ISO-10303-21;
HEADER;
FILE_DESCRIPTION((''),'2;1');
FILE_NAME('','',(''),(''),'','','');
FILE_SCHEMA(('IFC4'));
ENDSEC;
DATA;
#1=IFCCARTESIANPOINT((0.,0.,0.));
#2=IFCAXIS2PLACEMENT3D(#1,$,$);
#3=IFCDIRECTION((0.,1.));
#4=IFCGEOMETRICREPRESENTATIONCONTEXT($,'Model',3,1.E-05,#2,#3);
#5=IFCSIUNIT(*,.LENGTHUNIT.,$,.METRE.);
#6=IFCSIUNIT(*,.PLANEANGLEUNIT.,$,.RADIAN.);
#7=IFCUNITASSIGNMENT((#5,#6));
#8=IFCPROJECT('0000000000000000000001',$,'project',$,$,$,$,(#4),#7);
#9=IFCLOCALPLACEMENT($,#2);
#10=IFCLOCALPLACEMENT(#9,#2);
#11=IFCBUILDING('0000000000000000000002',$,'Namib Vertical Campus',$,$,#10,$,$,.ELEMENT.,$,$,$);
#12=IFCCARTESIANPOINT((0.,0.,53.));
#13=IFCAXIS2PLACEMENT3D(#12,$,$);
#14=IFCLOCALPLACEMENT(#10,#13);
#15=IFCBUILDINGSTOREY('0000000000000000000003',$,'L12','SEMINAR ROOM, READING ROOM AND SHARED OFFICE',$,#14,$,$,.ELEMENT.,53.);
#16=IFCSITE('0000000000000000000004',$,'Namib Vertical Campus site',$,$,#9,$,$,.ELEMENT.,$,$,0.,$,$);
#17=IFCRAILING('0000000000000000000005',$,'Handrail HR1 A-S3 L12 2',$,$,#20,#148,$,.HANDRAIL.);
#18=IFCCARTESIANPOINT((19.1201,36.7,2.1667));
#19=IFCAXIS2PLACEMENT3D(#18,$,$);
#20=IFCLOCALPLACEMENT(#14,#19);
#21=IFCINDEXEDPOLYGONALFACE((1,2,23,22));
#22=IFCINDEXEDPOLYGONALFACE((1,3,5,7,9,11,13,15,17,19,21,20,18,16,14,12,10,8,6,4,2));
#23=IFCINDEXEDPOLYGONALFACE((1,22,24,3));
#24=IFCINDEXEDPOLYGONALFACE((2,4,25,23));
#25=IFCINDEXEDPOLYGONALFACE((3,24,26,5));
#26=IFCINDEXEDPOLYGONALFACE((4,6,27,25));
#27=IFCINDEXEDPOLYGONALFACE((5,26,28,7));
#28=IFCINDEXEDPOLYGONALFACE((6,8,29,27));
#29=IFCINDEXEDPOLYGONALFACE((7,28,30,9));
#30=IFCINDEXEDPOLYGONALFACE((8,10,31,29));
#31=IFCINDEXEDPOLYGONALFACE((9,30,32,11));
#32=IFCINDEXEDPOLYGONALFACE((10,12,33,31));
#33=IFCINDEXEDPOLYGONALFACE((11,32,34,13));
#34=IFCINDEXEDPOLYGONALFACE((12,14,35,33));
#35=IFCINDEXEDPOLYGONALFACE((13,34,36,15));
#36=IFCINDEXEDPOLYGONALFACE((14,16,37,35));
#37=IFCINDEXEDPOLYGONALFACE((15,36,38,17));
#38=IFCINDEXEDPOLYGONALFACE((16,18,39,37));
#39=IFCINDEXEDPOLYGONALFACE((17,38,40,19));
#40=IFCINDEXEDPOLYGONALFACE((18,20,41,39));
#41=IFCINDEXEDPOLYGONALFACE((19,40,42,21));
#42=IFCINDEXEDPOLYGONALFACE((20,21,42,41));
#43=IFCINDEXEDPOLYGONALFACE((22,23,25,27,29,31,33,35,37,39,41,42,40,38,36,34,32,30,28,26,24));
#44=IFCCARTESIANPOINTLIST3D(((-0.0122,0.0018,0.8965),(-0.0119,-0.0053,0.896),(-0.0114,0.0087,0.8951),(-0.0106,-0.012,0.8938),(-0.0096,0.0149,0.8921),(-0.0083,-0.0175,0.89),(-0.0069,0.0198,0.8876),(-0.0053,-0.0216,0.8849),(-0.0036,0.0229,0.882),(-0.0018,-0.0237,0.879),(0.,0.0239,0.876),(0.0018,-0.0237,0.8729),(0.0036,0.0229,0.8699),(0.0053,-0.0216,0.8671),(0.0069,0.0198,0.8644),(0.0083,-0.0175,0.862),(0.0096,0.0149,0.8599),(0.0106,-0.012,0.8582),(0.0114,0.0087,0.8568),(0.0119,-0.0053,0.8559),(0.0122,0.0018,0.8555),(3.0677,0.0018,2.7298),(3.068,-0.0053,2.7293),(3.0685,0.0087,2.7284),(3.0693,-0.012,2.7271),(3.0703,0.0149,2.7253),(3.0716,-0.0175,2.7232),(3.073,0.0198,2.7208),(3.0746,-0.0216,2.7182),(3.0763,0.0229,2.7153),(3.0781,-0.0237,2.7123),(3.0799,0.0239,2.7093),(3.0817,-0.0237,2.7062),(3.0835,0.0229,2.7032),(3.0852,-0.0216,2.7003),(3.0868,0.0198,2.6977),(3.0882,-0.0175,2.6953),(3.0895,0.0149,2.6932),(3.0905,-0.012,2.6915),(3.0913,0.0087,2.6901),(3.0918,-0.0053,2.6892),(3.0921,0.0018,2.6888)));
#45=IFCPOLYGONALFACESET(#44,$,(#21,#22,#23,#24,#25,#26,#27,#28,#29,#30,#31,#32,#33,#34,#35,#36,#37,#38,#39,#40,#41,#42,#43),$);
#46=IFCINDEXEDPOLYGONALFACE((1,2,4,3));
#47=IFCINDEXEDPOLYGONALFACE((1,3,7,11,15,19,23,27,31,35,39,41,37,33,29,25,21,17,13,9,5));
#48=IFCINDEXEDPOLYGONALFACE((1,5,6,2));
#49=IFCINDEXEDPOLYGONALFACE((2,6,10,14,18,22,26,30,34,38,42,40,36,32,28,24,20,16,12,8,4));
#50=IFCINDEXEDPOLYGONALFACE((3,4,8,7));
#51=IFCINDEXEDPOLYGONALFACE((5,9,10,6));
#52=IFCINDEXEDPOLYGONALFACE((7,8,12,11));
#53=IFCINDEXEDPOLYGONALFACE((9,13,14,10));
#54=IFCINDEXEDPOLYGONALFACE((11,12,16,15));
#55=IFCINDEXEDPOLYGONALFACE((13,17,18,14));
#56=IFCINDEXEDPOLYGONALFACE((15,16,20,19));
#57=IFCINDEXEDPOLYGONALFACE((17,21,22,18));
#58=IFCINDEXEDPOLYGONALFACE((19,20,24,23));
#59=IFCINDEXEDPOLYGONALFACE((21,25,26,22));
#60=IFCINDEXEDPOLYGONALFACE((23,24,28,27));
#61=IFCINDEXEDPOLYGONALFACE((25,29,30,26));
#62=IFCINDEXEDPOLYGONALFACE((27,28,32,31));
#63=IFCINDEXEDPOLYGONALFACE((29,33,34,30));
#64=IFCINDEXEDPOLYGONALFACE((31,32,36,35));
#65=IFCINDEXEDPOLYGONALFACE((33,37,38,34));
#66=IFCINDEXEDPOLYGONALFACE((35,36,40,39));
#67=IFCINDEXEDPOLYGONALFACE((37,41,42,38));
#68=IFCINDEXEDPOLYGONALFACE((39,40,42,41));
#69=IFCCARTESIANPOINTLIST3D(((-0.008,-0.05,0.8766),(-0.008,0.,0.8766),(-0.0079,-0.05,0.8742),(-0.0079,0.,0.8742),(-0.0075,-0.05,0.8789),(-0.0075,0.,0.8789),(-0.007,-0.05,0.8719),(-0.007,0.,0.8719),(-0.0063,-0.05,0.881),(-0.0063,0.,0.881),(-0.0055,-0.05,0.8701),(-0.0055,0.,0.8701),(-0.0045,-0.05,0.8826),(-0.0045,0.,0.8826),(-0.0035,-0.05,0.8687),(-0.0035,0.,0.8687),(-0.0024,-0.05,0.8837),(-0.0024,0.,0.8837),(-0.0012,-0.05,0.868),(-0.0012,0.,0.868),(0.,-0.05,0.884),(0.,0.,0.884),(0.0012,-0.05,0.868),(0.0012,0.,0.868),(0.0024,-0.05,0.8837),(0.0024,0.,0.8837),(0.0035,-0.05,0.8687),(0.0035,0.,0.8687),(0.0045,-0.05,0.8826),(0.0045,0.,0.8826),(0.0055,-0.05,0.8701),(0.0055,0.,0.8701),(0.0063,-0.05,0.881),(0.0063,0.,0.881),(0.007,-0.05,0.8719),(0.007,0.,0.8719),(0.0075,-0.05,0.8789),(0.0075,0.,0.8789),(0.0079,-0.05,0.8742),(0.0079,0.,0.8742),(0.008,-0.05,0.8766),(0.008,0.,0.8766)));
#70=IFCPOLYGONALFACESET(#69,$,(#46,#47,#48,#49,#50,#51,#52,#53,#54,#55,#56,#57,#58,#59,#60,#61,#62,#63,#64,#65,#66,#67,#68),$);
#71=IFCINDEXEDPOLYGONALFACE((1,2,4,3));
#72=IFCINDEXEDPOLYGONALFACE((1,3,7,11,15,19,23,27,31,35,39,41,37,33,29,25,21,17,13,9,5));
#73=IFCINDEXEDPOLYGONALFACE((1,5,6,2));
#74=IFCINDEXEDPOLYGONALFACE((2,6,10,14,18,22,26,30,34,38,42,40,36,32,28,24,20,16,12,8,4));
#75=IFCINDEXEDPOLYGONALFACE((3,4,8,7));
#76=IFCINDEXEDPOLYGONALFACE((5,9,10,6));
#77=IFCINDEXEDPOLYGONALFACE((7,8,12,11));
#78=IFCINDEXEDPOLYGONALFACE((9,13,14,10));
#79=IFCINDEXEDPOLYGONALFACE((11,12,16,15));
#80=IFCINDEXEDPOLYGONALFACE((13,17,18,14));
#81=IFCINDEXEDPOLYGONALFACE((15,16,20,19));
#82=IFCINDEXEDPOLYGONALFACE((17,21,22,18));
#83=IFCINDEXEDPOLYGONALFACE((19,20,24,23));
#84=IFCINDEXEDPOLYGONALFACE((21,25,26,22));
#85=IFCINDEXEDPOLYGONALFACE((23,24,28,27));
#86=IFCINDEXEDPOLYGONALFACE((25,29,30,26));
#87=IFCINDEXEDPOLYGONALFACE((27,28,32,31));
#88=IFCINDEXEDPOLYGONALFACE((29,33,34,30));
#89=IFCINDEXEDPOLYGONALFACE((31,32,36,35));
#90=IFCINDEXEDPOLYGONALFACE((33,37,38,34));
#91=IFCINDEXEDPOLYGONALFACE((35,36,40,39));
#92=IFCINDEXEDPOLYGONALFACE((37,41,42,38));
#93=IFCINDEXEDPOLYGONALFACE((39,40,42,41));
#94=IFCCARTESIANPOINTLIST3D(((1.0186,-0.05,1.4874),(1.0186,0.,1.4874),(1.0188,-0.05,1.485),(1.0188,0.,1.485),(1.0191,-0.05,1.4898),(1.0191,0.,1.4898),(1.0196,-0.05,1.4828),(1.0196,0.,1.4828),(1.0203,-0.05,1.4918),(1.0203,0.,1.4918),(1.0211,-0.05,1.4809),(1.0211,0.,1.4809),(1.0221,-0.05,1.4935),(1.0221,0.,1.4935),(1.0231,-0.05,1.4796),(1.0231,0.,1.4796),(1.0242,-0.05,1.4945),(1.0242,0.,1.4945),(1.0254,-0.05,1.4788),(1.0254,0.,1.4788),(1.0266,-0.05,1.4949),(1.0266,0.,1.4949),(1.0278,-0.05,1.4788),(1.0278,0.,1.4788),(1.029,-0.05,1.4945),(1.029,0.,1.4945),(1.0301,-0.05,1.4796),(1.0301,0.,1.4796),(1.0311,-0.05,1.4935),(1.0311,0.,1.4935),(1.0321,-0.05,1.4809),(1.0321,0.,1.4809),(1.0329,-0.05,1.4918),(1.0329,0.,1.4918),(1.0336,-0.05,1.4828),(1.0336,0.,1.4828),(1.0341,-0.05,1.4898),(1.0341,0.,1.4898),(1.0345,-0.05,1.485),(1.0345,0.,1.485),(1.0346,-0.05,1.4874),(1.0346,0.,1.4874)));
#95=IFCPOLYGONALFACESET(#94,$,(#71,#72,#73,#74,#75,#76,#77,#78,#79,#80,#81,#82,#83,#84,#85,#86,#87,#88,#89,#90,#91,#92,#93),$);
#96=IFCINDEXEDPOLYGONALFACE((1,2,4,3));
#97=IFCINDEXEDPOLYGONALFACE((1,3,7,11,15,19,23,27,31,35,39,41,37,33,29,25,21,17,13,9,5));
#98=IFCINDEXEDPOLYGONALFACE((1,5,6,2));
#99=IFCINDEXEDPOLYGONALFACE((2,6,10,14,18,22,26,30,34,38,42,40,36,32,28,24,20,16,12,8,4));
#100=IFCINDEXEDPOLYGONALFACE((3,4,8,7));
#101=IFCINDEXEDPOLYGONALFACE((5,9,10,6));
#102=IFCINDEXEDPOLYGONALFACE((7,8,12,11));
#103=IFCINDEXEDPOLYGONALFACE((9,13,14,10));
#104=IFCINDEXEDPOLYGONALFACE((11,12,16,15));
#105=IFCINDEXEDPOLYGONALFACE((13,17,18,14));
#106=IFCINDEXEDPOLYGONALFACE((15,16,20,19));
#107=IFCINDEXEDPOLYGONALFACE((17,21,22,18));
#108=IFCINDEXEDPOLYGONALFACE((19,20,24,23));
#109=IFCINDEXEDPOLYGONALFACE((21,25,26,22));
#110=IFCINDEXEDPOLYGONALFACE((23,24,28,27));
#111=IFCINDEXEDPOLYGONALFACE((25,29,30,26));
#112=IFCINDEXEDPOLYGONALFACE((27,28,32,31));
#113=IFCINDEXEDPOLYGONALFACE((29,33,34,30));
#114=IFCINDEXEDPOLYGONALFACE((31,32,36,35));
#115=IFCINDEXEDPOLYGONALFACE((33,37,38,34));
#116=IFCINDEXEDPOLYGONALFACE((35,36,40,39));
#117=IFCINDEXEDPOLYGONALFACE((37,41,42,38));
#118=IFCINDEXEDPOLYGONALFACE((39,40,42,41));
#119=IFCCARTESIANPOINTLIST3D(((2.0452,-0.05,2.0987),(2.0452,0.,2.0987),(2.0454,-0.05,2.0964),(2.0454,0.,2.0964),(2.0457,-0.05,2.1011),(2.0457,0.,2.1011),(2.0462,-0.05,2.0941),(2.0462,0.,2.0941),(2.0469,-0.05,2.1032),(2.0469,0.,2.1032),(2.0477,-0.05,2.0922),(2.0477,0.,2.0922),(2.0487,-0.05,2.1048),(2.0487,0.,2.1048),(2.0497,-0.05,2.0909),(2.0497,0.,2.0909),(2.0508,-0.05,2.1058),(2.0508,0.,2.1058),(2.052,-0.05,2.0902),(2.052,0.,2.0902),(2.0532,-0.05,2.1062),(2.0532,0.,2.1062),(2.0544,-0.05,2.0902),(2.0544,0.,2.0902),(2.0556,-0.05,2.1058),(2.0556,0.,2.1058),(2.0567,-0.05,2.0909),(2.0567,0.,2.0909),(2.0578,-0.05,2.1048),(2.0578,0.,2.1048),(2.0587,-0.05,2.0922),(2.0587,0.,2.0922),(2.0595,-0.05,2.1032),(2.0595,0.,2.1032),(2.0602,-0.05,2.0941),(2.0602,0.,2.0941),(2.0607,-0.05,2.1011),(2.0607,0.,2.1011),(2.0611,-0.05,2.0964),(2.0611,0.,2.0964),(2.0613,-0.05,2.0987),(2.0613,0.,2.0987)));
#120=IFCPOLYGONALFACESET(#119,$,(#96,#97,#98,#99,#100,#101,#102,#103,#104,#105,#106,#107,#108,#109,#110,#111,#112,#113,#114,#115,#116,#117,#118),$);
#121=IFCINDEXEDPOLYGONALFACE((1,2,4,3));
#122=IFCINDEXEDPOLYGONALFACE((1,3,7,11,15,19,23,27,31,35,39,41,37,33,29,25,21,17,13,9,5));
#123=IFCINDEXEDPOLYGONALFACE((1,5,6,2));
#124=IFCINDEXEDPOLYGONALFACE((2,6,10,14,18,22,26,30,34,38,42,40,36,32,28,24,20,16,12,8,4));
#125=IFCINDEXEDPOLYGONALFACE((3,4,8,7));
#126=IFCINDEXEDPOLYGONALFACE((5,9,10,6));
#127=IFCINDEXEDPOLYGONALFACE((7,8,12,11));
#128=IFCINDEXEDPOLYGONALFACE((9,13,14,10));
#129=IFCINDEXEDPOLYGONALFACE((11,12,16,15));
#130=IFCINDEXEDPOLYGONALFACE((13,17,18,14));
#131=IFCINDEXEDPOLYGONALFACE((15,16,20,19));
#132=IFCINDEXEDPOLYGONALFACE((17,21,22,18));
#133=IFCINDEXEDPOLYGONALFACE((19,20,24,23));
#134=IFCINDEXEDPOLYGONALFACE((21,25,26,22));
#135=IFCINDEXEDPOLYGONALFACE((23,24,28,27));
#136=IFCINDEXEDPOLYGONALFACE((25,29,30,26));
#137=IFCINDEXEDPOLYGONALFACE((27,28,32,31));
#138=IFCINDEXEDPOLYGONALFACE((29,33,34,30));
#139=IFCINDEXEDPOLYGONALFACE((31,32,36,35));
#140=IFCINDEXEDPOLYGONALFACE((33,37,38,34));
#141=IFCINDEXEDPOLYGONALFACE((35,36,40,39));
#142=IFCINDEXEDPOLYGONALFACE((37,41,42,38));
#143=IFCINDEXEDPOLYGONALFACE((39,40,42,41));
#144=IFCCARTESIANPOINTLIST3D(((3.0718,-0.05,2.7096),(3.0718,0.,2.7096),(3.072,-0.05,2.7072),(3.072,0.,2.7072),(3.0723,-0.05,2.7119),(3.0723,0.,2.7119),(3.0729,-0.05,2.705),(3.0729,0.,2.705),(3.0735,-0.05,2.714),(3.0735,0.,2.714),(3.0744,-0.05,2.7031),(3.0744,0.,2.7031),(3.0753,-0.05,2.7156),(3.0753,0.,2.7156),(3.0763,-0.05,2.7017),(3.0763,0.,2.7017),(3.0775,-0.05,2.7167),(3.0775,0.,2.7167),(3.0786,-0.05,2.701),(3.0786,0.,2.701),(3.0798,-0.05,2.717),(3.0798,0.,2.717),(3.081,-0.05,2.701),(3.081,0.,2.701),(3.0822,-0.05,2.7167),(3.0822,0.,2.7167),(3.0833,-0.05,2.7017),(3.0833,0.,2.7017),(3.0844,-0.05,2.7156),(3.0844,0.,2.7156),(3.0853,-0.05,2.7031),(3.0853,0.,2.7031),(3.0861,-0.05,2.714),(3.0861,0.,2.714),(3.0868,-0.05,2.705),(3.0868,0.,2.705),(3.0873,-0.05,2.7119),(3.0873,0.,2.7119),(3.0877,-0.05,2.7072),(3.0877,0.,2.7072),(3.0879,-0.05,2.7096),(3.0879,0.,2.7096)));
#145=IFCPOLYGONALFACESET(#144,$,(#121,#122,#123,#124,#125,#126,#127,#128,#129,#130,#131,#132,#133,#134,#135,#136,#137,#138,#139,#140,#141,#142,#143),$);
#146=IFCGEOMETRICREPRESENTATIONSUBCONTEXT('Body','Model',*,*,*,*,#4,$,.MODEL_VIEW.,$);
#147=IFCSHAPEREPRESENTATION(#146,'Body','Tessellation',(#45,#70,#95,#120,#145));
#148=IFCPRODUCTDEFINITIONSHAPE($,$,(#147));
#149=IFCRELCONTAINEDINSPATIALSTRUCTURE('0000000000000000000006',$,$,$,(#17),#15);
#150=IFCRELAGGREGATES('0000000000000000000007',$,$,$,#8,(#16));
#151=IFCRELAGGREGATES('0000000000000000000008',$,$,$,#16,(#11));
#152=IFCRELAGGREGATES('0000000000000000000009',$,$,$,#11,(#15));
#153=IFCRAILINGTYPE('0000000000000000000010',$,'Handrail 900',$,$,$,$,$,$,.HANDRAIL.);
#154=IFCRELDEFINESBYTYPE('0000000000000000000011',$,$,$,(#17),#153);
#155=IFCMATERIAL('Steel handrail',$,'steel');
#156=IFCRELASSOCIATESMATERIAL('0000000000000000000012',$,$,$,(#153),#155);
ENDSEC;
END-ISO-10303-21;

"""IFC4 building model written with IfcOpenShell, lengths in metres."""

from ifc_helpers import new_model, si_unit, direction, frame, origin, origin_2d, place, context, subcontext, project, spatial, circle, extrude, material, type_object, element, save


model = new_model("IFC4")

# Units and contexts
model_context = context("Model", 3, precision=1e-05, world=origin(), true_north=direction((0.0, 1.0)))
body_context = subcontext(model_context, "Body", "Model", "MODEL_VIEW")
ifc_project = project(units=[si_unit("LENGTHUNIT", "METRE"), si_unit("PLANEANGLEUNIT", "RADIAN")], contexts=[model_context])

# Site, building, storey
site_placement = place(None, origin())
site = spatial("IfcSite", under=ifc_project, at=site_placement, Name="Namib Vertical Campus site", CompositionType="ELEMENT", RefElevation=0.0)
building_placement = place(site_placement, origin())
building = spatial("IfcBuilding", under=site, at=building_placement, Name="Namib Vertical Campus", CompositionType="ELEMENT")
storey_placement = place(building_placement, frame((0.0, 0.0, 53.0)))
storey = spatial("IfcBuildingStorey", under=building, at=storey_placement, Name="L12", Description="SEMINAR ROOM, READING ROOM AND SHARED OFFICE", CompositionType="ELEMENT", Elevation=53.0)

# Railing
ifc_material_1 = material(Name="Steel handrail", Category="steel")
railing_type = type_object("IfcRailingType", Name="Handrail 900", PredefinedType="HANDRAIL", material=ifc_material_1)
railing_1_placement = place(storey_placement, frame((19.1201, 36.7, 2.1667)))
element("IfcRailing", 1, at=railing_1_placement, inside=storey, type_object=railing_type, Name="Handrail HR1 A-S3 L12 2", PredefinedType="HANDRAIL", context=body_context, shape_type="SweptSolid", body=[
    extrude(circle(Radius=0.0239, at=origin_2d()), frame((0.0, 0.0, 0.876), z_axis=(0.859291, 0.0, 0.511487), x_axis=(0.0, 1.0, 0.0)), (0.0, 0.0, 1.0), 3.5842),
    extrude(circle(Radius=0.0081, at=origin_2d()), frame((0.0, 0.0, 0.876), z_axis=(0.0, -1.0, 0.0), x_axis=(0.0, 0.0, 1.0)), (0.0, 0.0, 1.0), 0.05),
    extrude(circle(Radius=0.0081, at=origin_2d()), frame((1.0266, 0.0, 1.4868), z_axis=(0.0, -1.0, 0.0), x_axis=(0.0, 0.0, 1.0)), (0.0, 0.0, 1.0), 0.05),
    extrude(circle(Radius=0.0081, at=origin_2d()), frame((2.0532, 0.0, 2.0981), z_axis=(0.0, -1.0, 0.0), x_axis=(0.0, 0.0, 1.0)), (0.0, 0.0, 1.0), 0.05),
    extrude(circle(Radius=0.0081, at=origin_2d()), frame((3.0798, 0.0, 2.709), z_axis=(0.0, -1.0, 0.0), x_axis=(0.0, 0.0, 1.0)), (0.0, 0.0, 1.0), 0.05),
])

save(model, "model.ifc")
